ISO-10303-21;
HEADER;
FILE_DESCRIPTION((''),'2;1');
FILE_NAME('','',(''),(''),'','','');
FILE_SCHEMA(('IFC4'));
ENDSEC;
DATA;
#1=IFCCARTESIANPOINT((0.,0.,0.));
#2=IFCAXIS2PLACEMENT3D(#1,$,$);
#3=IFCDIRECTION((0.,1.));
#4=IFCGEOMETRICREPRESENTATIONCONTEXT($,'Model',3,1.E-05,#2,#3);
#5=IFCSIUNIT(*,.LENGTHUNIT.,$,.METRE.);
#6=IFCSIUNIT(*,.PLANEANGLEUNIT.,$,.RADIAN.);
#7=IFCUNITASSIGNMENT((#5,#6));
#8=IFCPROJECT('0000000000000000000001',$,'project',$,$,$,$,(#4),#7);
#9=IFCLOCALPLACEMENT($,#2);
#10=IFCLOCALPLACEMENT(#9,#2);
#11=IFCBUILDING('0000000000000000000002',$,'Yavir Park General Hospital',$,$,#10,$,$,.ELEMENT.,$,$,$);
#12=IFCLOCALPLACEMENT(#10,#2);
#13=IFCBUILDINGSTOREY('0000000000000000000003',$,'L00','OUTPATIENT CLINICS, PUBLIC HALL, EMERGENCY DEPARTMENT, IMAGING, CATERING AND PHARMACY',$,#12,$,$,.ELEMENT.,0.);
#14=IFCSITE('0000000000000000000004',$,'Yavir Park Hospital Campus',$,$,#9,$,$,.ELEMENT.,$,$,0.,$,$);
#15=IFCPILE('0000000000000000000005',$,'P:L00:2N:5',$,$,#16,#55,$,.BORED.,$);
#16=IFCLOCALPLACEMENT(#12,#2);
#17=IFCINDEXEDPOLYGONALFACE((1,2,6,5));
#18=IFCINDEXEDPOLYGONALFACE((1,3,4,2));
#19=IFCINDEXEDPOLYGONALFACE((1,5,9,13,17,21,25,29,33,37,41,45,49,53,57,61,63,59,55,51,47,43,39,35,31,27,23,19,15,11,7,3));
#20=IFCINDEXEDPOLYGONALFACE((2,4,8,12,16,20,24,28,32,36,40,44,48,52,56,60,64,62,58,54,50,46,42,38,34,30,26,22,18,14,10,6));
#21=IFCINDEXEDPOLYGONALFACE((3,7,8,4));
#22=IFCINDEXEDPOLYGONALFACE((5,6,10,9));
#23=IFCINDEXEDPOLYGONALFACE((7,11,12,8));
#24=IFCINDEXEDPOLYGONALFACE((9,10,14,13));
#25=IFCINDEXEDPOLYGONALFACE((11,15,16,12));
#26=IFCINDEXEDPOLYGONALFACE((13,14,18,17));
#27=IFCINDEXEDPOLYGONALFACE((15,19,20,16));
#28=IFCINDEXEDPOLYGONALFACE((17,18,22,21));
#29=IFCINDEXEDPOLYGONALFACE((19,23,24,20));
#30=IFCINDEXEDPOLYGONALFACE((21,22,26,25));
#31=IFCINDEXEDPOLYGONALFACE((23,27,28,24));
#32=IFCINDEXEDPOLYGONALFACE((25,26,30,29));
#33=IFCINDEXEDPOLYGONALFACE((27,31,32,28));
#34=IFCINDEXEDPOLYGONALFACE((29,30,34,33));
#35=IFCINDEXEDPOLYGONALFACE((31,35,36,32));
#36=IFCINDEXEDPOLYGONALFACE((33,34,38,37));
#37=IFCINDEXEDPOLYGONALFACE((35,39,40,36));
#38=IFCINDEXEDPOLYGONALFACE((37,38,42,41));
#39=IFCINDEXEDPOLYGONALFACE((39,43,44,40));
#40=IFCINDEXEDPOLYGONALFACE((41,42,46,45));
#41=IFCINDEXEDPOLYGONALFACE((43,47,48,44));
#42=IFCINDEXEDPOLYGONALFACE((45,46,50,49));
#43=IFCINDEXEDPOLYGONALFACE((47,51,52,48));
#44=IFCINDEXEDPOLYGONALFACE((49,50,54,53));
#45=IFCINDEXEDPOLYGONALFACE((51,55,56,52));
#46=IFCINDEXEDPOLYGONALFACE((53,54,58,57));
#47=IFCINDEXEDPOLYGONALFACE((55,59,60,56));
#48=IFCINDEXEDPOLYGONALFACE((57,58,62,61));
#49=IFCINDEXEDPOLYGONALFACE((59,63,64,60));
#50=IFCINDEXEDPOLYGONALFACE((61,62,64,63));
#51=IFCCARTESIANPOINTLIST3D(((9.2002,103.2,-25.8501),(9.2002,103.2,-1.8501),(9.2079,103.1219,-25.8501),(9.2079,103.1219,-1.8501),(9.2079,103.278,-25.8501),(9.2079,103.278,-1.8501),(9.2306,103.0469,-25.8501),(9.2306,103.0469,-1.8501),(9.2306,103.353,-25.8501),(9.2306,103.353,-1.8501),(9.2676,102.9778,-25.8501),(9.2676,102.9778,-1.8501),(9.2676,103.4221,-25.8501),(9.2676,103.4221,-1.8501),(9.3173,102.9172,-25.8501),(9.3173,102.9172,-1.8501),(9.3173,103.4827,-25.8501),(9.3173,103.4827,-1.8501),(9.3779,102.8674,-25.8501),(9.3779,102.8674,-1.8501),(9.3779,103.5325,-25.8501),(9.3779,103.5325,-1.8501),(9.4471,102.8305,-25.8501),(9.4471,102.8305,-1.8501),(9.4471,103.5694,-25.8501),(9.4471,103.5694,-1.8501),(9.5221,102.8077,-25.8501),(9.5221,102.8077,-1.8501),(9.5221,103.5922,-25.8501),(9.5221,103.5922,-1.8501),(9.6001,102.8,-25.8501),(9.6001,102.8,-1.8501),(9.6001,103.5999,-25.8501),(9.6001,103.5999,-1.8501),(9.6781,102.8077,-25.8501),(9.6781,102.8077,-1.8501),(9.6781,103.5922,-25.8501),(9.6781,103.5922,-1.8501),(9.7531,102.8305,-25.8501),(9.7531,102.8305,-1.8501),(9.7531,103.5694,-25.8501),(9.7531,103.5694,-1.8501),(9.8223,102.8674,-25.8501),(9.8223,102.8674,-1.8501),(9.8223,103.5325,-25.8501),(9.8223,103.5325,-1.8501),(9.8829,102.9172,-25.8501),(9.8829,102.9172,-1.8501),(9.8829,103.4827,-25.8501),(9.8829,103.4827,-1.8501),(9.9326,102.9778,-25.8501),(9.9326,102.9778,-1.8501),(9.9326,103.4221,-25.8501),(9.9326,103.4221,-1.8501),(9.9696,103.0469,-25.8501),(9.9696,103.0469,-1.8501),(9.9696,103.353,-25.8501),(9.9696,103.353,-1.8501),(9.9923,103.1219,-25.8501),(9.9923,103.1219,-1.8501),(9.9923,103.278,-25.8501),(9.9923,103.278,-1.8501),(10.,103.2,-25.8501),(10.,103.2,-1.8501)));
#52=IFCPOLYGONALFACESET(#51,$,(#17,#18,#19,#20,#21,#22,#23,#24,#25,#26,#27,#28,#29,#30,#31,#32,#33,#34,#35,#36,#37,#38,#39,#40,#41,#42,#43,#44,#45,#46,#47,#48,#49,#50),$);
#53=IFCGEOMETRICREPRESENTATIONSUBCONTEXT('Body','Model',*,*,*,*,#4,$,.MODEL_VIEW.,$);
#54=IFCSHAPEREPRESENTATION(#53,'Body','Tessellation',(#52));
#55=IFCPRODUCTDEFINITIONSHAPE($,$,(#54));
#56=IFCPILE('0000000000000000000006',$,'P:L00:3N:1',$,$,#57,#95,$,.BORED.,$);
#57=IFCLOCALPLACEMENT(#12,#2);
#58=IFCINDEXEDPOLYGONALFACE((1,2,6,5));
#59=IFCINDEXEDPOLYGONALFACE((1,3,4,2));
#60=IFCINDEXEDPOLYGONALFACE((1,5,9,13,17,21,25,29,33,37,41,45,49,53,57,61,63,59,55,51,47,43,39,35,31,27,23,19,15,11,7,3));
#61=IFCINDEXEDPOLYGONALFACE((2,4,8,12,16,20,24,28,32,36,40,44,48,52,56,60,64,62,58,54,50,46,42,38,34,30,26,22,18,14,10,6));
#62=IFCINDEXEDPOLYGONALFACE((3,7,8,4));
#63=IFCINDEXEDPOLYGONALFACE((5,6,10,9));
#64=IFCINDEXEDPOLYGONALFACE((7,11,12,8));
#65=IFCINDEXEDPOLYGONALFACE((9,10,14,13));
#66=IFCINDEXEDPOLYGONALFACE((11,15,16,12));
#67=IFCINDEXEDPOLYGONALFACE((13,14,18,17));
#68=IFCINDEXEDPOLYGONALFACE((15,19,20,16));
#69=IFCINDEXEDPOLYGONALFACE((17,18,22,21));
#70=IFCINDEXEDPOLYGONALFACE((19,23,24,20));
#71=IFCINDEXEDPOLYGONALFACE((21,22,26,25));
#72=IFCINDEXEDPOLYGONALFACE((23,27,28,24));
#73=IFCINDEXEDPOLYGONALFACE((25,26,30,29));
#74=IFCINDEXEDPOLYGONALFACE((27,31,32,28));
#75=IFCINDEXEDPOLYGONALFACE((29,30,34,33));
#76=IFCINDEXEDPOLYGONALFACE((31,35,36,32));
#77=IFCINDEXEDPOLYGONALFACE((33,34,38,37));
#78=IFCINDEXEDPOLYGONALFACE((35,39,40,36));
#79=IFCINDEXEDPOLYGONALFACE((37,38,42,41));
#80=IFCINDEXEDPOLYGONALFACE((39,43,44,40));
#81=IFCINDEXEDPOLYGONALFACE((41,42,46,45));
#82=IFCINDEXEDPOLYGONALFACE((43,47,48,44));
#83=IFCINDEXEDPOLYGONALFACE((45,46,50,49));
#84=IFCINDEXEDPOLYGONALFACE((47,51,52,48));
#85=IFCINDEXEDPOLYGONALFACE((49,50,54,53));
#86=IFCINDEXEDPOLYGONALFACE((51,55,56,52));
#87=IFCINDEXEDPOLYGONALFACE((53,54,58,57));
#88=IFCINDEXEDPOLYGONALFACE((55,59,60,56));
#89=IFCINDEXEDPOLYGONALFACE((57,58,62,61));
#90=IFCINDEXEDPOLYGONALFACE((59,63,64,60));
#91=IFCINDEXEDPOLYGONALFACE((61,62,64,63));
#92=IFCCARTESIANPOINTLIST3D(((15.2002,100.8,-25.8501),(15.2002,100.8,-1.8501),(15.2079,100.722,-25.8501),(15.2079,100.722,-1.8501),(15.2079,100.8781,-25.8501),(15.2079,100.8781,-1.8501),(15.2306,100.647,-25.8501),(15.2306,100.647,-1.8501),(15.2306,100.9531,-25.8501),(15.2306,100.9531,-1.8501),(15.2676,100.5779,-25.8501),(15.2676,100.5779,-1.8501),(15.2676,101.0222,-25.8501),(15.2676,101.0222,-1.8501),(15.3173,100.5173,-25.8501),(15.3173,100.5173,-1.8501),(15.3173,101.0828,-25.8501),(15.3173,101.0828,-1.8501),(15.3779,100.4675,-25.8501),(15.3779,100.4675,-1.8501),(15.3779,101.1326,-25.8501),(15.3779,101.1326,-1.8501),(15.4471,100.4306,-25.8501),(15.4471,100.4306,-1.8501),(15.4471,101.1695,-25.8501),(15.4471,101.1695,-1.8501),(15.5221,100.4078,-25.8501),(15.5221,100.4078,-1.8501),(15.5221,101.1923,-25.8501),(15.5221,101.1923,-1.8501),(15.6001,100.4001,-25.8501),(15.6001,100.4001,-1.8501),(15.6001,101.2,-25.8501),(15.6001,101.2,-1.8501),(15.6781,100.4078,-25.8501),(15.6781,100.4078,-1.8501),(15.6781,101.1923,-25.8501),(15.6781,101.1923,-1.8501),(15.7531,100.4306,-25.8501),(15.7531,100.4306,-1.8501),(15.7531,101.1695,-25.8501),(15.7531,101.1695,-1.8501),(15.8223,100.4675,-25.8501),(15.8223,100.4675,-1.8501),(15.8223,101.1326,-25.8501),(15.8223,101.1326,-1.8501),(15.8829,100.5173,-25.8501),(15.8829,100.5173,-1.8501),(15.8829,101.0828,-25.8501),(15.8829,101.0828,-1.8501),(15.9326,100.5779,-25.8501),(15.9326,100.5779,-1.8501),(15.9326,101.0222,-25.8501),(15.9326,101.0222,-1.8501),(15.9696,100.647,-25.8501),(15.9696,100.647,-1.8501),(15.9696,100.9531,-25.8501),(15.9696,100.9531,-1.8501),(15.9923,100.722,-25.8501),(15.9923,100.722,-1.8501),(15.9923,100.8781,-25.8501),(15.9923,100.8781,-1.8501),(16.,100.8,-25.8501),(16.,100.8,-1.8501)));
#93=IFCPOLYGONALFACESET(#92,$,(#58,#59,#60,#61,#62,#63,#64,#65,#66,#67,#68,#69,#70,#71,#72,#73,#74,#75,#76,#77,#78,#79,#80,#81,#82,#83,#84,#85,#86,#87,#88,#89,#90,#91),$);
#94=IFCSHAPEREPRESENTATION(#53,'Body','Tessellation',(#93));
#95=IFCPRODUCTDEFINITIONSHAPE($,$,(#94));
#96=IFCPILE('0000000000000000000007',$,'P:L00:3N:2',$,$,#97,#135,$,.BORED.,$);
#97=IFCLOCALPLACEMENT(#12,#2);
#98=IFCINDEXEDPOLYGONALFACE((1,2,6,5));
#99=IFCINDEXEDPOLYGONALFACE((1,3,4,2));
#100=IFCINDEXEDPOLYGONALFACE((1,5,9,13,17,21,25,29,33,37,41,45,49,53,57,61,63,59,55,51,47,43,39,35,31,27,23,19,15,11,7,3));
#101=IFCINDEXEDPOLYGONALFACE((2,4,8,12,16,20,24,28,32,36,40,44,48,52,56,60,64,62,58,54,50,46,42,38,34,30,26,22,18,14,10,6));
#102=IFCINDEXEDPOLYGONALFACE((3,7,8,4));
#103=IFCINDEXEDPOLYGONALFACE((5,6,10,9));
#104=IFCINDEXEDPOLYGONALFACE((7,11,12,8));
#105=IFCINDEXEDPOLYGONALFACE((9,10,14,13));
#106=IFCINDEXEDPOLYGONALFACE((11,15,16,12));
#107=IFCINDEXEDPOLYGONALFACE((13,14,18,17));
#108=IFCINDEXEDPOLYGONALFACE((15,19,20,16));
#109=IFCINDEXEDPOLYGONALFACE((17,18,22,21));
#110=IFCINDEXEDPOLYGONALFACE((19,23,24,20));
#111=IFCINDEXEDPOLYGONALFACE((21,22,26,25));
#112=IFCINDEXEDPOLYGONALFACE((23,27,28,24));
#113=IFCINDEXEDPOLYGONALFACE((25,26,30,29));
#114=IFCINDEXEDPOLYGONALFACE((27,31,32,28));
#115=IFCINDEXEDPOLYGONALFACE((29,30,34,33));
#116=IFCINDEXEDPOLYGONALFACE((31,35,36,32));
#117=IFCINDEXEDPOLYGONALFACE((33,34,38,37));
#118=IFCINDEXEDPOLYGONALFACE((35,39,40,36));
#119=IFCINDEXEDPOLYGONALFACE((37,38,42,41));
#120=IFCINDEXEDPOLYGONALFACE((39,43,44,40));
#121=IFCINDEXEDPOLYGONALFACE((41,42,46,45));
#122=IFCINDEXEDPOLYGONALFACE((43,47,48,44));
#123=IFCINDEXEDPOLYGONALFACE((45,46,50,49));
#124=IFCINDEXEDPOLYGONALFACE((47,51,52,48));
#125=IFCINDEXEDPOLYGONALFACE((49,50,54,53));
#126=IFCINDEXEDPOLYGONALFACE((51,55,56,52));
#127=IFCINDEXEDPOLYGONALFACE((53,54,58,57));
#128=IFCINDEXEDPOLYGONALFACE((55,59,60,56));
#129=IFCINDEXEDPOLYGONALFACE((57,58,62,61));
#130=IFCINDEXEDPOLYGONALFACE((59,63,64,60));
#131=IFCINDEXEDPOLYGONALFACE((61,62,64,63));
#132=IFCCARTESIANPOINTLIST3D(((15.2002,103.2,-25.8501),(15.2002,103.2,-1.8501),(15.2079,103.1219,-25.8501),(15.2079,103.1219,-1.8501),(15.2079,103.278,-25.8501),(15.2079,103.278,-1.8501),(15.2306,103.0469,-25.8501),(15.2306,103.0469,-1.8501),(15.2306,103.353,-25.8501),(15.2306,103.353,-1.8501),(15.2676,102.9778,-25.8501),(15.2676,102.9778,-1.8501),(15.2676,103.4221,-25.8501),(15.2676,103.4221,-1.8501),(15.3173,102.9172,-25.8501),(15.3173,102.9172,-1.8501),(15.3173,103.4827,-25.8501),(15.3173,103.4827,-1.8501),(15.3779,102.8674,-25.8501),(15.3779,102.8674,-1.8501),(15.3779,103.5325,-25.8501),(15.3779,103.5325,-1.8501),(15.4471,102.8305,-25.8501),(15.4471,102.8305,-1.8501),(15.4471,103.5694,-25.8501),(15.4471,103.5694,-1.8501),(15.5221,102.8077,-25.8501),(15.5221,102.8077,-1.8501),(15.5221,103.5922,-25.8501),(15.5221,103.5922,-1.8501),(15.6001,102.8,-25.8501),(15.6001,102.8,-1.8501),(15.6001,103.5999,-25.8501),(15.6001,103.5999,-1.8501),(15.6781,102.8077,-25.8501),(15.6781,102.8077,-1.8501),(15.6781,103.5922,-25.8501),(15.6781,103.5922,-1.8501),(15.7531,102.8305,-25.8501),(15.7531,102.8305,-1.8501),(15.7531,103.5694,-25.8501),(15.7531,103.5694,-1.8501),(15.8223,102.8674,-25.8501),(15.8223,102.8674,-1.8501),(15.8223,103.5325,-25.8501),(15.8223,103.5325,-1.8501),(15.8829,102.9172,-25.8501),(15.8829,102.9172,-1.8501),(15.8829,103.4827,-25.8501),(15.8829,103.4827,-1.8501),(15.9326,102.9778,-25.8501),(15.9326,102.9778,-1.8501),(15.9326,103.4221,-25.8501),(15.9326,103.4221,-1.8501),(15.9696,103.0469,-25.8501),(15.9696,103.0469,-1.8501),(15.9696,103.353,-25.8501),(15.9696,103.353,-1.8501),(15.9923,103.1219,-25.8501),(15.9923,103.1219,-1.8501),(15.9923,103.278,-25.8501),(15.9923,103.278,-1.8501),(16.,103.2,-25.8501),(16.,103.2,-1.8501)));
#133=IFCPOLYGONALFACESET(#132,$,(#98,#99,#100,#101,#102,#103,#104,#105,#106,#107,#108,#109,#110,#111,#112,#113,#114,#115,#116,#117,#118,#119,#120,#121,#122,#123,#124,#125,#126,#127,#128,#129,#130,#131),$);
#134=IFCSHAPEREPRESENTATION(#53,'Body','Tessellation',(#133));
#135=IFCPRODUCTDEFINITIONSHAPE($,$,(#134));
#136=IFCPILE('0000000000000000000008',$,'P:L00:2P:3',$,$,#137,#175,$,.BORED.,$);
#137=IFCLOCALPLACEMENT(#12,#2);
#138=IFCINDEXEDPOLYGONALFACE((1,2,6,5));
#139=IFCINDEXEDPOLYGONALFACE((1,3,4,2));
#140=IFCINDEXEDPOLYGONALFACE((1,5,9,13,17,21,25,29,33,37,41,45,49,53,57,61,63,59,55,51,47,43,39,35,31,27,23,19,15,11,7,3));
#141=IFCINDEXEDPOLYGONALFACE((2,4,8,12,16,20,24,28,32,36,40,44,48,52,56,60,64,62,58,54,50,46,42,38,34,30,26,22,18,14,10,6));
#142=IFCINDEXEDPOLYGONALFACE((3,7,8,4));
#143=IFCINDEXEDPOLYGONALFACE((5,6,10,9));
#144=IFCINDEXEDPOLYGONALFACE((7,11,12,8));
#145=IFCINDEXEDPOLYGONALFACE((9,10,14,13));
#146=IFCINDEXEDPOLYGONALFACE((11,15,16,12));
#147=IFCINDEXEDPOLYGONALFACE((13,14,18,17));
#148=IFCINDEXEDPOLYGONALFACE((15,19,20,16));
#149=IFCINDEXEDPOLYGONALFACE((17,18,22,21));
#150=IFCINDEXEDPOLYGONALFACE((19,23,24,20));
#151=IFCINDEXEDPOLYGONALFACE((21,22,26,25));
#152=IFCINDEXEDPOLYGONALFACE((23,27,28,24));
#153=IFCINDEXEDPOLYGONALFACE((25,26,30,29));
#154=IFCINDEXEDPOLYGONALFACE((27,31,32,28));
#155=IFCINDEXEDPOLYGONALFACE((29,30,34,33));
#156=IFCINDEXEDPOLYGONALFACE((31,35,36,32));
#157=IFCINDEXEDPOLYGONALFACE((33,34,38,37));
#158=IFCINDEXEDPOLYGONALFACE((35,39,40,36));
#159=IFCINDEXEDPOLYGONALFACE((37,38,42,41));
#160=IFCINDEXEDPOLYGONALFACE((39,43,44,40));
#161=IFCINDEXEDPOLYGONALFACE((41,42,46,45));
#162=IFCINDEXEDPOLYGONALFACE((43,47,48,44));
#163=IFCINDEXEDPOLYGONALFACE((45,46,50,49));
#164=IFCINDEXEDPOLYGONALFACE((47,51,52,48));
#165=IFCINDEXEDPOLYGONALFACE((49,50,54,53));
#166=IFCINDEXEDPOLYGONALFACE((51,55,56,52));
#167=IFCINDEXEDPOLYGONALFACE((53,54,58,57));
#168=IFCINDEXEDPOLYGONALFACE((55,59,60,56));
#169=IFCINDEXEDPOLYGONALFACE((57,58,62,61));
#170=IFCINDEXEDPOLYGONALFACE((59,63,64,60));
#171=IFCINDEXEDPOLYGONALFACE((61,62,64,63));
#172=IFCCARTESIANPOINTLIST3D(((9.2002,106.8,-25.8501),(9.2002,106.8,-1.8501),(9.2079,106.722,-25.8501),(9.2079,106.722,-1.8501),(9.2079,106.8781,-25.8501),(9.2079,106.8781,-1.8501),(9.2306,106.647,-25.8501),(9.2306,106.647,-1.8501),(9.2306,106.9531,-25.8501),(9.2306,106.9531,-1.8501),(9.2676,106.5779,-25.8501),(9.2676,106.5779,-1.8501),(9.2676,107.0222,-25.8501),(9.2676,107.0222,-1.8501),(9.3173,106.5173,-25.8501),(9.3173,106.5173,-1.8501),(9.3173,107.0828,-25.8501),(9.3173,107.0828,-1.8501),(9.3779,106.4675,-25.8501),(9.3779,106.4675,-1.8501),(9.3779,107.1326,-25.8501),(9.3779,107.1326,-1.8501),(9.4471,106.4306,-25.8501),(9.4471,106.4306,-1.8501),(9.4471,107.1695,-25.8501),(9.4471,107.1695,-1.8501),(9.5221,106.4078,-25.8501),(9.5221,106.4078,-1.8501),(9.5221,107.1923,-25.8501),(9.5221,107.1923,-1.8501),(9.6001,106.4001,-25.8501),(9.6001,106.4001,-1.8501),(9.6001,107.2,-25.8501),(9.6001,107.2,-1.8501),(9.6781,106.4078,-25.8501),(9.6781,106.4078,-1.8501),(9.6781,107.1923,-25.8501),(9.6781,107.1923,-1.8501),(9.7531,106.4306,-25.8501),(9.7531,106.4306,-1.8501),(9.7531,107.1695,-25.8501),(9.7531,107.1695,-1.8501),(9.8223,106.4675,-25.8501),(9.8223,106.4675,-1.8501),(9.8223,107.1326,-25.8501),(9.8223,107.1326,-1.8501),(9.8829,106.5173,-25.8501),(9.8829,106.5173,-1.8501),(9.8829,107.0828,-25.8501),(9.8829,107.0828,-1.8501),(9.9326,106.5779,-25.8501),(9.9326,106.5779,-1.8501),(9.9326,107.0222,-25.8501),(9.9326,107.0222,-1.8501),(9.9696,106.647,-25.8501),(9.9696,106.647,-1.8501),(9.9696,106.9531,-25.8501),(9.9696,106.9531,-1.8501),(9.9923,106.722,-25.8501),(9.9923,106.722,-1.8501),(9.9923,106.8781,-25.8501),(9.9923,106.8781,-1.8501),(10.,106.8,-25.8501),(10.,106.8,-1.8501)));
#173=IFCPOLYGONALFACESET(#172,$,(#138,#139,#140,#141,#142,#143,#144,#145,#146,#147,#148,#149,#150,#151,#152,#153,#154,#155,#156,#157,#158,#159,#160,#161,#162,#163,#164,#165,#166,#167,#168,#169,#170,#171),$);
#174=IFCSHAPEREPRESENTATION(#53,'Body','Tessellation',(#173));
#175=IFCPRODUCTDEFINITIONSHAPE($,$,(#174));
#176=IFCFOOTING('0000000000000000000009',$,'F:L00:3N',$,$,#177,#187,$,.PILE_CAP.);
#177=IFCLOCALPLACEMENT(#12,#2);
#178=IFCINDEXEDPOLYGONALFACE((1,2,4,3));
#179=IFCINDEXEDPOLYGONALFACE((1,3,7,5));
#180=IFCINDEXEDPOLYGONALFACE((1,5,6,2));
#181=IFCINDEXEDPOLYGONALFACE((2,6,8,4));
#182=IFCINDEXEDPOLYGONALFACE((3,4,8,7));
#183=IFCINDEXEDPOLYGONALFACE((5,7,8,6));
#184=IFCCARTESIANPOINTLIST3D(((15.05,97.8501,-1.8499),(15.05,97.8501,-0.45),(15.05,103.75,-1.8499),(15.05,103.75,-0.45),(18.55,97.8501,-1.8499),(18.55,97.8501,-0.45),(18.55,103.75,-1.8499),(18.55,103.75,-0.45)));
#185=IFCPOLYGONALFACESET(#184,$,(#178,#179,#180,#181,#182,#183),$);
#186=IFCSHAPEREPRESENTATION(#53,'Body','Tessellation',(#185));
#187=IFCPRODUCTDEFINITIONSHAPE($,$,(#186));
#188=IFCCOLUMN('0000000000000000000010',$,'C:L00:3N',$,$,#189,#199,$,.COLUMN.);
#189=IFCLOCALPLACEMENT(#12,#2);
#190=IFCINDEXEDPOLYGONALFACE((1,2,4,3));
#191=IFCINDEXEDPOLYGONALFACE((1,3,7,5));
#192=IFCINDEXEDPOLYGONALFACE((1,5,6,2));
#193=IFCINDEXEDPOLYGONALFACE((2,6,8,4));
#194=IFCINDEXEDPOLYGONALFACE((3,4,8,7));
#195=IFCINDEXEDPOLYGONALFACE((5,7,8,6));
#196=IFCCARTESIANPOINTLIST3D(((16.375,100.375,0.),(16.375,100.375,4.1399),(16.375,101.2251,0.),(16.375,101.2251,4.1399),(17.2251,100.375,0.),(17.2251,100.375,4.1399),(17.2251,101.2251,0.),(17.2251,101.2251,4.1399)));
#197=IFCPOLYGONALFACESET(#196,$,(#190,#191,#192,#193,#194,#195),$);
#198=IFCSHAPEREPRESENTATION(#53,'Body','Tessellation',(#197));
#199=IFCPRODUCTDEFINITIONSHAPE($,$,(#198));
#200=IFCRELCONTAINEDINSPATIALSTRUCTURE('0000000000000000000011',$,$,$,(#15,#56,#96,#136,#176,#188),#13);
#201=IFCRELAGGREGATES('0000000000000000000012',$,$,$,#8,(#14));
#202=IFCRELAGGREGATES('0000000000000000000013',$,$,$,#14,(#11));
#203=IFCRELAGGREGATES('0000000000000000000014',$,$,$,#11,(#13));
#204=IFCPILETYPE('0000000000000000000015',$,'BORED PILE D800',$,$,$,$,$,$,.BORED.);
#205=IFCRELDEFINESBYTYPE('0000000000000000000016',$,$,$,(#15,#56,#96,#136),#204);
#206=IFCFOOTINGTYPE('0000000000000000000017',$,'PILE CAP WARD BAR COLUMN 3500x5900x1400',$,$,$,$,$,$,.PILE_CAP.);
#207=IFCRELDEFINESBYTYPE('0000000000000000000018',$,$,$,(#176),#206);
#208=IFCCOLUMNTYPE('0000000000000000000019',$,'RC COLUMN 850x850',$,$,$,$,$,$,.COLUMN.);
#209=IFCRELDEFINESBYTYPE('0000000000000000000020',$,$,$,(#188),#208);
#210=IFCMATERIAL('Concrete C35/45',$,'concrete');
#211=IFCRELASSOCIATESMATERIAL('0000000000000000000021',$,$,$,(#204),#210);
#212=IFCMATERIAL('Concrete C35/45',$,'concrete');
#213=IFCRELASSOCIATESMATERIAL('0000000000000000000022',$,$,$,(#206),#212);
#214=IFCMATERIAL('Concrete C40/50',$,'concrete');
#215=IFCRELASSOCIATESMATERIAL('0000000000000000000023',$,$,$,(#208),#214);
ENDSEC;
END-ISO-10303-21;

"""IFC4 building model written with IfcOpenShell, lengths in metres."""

from ifc_helpers import new_model, si_unit, direction, frame, origin, origin_2d, place, context, subcontext, project, spatial, rectangle, circle, extrude, material, material_profile, profile_set, type_object, element, save


model = new_model("IFC4")

# Units and contexts
model_context = context("Model", 3, precision=1e-05, world=origin(), true_north=direction((0.0, 1.0)))
body_context = subcontext(model_context, "Body", "Model", "MODEL_VIEW")
ifc_project = project(units=[si_unit("LENGTHUNIT", "METRE"), si_unit("PLANEANGLEUNIT", "RADIAN")], contexts=[model_context])

# Site, building, storey
site_placement = place(None, origin())
site = spatial("IfcSite", under=ifc_project, at=site_placement, Name="Yavir Park Hospital Campus", CompositionType="ELEMENT", RefElevation=0.0)
building_placement = place(site_placement, origin())
building = spatial("IfcBuilding", under=site, at=building_placement, Name="Yavir Park General Hospital", CompositionType="ELEMENT")
storey_placement = place(building_placement, origin())
storey = spatial("IfcBuildingStorey", under=building, at=storey_placement, Name="L00", Description="OUTPATIENT CLINICS, PUBLIC HALL, EMERGENCY DEPARTMENT, IMAGING, CATERING AND PHARMACY", CompositionType="ELEMENT", Elevation=0.0)

# Piles
ifc_material_1 = material(Name="Concrete C35/45", Category="concrete")
ifc_material_profile_1 = material_profile(ifc_material_1, circle(Radius=0.3999, at=origin_2d()), Name="D800")
ifc_profile_set_1 = profile_set([ifc_material_profile_1], Name="Concrete C35/45")
pile_type = type_object("IfcPileType", Name="BORED PILE D800", PredefinedType="BORED", material=ifc_profile_set_1)
for number, where, z_axis, x_axis, name in (
    (1, (9.6001, 103.2, -1.8501), (0.0, 0.0, -1.0), (1.0, 0.0, 0.0), "P:L00:2N:5"),
    (2, (15.6001, 100.8, -1.8501), (0.0, 0.0, -1.0), (1.0, 0.0, 0.0), "P:L00:3N:1"),
    (3, (15.6001, 103.2, -1.8501), (0.0, 0.0, -1.0), (1.0, 0.0, 0.0), "P:L00:3N:2"),
    (4, (9.6001, 106.8, -1.8501), (0.0, 0.0, -1.0), (1.0, 0.0, 0.0), "P:L00:2P:3"),
):
    element("IfcPile", number, at=place(storey_placement, frame(where, z_axis=z_axis, x_axis=x_axis)), inside=storey, type_object=pile_type, Name=name, PredefinedType="BORED", context=body_context, shape_type="SweptSolid", body=[
        extrude(circle(Radius=0.3999, at=origin_2d()), origin(), (0.0, 0.0, 1.0), 24.0),
    ])

# Footing
ifc_material_2 = material(Name="Concrete C35/45", Category="concrete")
footing_type = type_object("IfcFootingType", Name="PILE CAP WARD BAR COLUMN 3500x5900x1400", PredefinedType="PILE_CAP", material=ifc_material_2)
footing_placement = place(storey_placement, frame((16.8, 100.8, -1.8499), z_axis=(0.0, 0.0, 1.0), x_axis=(1.0, 0.0, 0.0)))
element("IfcFooting", 5, at=footing_placement, inside=storey, type_object=footing_type, Name="F:L00:3N", PredefinedType="PILE_CAP", context=body_context, shape_type="SweptSolid", body=[
    extrude(rectangle(XDim=3.5, YDim=5.8999, at=origin_2d()), origin(), (0.0, 0.0, 1.0), 1.3999),
])

# Column
ifc_material_3 = material(Name="Concrete C40/50", Category="concrete")
ifc_material_profile_2 = material_profile(ifc_material_3, rectangle(XDim=0.8501, YDim=0.8501, at=origin_2d()), Name="RC850x850")
ifc_profile_set_2 = profile_set([ifc_material_profile_2], Name="Concrete C40/50")
column_type = type_object("IfcColumnType", Name="RC COLUMN 850x850", PredefinedType="COLUMN", material=ifc_profile_set_2)
column_placement = place(storey_placement, frame((16.8, 100.8, 0.0), z_axis=(0.0, 0.0, 1.0), x_axis=(1.0, 0.0, 0.0)))
element("IfcColumn", 6, at=column_placement, inside=storey, type_object=column_type, Name="C:L00:3N", PredefinedType="COLUMN", context=body_context, shape_type="SweptSolid", body=[
    extrude(rectangle(XDim=0.8501, YDim=0.8501, at=origin_2d()), origin(), (0.0, 0.0, 1.0), 4.1399),
])

save(model, "model.ifc")
